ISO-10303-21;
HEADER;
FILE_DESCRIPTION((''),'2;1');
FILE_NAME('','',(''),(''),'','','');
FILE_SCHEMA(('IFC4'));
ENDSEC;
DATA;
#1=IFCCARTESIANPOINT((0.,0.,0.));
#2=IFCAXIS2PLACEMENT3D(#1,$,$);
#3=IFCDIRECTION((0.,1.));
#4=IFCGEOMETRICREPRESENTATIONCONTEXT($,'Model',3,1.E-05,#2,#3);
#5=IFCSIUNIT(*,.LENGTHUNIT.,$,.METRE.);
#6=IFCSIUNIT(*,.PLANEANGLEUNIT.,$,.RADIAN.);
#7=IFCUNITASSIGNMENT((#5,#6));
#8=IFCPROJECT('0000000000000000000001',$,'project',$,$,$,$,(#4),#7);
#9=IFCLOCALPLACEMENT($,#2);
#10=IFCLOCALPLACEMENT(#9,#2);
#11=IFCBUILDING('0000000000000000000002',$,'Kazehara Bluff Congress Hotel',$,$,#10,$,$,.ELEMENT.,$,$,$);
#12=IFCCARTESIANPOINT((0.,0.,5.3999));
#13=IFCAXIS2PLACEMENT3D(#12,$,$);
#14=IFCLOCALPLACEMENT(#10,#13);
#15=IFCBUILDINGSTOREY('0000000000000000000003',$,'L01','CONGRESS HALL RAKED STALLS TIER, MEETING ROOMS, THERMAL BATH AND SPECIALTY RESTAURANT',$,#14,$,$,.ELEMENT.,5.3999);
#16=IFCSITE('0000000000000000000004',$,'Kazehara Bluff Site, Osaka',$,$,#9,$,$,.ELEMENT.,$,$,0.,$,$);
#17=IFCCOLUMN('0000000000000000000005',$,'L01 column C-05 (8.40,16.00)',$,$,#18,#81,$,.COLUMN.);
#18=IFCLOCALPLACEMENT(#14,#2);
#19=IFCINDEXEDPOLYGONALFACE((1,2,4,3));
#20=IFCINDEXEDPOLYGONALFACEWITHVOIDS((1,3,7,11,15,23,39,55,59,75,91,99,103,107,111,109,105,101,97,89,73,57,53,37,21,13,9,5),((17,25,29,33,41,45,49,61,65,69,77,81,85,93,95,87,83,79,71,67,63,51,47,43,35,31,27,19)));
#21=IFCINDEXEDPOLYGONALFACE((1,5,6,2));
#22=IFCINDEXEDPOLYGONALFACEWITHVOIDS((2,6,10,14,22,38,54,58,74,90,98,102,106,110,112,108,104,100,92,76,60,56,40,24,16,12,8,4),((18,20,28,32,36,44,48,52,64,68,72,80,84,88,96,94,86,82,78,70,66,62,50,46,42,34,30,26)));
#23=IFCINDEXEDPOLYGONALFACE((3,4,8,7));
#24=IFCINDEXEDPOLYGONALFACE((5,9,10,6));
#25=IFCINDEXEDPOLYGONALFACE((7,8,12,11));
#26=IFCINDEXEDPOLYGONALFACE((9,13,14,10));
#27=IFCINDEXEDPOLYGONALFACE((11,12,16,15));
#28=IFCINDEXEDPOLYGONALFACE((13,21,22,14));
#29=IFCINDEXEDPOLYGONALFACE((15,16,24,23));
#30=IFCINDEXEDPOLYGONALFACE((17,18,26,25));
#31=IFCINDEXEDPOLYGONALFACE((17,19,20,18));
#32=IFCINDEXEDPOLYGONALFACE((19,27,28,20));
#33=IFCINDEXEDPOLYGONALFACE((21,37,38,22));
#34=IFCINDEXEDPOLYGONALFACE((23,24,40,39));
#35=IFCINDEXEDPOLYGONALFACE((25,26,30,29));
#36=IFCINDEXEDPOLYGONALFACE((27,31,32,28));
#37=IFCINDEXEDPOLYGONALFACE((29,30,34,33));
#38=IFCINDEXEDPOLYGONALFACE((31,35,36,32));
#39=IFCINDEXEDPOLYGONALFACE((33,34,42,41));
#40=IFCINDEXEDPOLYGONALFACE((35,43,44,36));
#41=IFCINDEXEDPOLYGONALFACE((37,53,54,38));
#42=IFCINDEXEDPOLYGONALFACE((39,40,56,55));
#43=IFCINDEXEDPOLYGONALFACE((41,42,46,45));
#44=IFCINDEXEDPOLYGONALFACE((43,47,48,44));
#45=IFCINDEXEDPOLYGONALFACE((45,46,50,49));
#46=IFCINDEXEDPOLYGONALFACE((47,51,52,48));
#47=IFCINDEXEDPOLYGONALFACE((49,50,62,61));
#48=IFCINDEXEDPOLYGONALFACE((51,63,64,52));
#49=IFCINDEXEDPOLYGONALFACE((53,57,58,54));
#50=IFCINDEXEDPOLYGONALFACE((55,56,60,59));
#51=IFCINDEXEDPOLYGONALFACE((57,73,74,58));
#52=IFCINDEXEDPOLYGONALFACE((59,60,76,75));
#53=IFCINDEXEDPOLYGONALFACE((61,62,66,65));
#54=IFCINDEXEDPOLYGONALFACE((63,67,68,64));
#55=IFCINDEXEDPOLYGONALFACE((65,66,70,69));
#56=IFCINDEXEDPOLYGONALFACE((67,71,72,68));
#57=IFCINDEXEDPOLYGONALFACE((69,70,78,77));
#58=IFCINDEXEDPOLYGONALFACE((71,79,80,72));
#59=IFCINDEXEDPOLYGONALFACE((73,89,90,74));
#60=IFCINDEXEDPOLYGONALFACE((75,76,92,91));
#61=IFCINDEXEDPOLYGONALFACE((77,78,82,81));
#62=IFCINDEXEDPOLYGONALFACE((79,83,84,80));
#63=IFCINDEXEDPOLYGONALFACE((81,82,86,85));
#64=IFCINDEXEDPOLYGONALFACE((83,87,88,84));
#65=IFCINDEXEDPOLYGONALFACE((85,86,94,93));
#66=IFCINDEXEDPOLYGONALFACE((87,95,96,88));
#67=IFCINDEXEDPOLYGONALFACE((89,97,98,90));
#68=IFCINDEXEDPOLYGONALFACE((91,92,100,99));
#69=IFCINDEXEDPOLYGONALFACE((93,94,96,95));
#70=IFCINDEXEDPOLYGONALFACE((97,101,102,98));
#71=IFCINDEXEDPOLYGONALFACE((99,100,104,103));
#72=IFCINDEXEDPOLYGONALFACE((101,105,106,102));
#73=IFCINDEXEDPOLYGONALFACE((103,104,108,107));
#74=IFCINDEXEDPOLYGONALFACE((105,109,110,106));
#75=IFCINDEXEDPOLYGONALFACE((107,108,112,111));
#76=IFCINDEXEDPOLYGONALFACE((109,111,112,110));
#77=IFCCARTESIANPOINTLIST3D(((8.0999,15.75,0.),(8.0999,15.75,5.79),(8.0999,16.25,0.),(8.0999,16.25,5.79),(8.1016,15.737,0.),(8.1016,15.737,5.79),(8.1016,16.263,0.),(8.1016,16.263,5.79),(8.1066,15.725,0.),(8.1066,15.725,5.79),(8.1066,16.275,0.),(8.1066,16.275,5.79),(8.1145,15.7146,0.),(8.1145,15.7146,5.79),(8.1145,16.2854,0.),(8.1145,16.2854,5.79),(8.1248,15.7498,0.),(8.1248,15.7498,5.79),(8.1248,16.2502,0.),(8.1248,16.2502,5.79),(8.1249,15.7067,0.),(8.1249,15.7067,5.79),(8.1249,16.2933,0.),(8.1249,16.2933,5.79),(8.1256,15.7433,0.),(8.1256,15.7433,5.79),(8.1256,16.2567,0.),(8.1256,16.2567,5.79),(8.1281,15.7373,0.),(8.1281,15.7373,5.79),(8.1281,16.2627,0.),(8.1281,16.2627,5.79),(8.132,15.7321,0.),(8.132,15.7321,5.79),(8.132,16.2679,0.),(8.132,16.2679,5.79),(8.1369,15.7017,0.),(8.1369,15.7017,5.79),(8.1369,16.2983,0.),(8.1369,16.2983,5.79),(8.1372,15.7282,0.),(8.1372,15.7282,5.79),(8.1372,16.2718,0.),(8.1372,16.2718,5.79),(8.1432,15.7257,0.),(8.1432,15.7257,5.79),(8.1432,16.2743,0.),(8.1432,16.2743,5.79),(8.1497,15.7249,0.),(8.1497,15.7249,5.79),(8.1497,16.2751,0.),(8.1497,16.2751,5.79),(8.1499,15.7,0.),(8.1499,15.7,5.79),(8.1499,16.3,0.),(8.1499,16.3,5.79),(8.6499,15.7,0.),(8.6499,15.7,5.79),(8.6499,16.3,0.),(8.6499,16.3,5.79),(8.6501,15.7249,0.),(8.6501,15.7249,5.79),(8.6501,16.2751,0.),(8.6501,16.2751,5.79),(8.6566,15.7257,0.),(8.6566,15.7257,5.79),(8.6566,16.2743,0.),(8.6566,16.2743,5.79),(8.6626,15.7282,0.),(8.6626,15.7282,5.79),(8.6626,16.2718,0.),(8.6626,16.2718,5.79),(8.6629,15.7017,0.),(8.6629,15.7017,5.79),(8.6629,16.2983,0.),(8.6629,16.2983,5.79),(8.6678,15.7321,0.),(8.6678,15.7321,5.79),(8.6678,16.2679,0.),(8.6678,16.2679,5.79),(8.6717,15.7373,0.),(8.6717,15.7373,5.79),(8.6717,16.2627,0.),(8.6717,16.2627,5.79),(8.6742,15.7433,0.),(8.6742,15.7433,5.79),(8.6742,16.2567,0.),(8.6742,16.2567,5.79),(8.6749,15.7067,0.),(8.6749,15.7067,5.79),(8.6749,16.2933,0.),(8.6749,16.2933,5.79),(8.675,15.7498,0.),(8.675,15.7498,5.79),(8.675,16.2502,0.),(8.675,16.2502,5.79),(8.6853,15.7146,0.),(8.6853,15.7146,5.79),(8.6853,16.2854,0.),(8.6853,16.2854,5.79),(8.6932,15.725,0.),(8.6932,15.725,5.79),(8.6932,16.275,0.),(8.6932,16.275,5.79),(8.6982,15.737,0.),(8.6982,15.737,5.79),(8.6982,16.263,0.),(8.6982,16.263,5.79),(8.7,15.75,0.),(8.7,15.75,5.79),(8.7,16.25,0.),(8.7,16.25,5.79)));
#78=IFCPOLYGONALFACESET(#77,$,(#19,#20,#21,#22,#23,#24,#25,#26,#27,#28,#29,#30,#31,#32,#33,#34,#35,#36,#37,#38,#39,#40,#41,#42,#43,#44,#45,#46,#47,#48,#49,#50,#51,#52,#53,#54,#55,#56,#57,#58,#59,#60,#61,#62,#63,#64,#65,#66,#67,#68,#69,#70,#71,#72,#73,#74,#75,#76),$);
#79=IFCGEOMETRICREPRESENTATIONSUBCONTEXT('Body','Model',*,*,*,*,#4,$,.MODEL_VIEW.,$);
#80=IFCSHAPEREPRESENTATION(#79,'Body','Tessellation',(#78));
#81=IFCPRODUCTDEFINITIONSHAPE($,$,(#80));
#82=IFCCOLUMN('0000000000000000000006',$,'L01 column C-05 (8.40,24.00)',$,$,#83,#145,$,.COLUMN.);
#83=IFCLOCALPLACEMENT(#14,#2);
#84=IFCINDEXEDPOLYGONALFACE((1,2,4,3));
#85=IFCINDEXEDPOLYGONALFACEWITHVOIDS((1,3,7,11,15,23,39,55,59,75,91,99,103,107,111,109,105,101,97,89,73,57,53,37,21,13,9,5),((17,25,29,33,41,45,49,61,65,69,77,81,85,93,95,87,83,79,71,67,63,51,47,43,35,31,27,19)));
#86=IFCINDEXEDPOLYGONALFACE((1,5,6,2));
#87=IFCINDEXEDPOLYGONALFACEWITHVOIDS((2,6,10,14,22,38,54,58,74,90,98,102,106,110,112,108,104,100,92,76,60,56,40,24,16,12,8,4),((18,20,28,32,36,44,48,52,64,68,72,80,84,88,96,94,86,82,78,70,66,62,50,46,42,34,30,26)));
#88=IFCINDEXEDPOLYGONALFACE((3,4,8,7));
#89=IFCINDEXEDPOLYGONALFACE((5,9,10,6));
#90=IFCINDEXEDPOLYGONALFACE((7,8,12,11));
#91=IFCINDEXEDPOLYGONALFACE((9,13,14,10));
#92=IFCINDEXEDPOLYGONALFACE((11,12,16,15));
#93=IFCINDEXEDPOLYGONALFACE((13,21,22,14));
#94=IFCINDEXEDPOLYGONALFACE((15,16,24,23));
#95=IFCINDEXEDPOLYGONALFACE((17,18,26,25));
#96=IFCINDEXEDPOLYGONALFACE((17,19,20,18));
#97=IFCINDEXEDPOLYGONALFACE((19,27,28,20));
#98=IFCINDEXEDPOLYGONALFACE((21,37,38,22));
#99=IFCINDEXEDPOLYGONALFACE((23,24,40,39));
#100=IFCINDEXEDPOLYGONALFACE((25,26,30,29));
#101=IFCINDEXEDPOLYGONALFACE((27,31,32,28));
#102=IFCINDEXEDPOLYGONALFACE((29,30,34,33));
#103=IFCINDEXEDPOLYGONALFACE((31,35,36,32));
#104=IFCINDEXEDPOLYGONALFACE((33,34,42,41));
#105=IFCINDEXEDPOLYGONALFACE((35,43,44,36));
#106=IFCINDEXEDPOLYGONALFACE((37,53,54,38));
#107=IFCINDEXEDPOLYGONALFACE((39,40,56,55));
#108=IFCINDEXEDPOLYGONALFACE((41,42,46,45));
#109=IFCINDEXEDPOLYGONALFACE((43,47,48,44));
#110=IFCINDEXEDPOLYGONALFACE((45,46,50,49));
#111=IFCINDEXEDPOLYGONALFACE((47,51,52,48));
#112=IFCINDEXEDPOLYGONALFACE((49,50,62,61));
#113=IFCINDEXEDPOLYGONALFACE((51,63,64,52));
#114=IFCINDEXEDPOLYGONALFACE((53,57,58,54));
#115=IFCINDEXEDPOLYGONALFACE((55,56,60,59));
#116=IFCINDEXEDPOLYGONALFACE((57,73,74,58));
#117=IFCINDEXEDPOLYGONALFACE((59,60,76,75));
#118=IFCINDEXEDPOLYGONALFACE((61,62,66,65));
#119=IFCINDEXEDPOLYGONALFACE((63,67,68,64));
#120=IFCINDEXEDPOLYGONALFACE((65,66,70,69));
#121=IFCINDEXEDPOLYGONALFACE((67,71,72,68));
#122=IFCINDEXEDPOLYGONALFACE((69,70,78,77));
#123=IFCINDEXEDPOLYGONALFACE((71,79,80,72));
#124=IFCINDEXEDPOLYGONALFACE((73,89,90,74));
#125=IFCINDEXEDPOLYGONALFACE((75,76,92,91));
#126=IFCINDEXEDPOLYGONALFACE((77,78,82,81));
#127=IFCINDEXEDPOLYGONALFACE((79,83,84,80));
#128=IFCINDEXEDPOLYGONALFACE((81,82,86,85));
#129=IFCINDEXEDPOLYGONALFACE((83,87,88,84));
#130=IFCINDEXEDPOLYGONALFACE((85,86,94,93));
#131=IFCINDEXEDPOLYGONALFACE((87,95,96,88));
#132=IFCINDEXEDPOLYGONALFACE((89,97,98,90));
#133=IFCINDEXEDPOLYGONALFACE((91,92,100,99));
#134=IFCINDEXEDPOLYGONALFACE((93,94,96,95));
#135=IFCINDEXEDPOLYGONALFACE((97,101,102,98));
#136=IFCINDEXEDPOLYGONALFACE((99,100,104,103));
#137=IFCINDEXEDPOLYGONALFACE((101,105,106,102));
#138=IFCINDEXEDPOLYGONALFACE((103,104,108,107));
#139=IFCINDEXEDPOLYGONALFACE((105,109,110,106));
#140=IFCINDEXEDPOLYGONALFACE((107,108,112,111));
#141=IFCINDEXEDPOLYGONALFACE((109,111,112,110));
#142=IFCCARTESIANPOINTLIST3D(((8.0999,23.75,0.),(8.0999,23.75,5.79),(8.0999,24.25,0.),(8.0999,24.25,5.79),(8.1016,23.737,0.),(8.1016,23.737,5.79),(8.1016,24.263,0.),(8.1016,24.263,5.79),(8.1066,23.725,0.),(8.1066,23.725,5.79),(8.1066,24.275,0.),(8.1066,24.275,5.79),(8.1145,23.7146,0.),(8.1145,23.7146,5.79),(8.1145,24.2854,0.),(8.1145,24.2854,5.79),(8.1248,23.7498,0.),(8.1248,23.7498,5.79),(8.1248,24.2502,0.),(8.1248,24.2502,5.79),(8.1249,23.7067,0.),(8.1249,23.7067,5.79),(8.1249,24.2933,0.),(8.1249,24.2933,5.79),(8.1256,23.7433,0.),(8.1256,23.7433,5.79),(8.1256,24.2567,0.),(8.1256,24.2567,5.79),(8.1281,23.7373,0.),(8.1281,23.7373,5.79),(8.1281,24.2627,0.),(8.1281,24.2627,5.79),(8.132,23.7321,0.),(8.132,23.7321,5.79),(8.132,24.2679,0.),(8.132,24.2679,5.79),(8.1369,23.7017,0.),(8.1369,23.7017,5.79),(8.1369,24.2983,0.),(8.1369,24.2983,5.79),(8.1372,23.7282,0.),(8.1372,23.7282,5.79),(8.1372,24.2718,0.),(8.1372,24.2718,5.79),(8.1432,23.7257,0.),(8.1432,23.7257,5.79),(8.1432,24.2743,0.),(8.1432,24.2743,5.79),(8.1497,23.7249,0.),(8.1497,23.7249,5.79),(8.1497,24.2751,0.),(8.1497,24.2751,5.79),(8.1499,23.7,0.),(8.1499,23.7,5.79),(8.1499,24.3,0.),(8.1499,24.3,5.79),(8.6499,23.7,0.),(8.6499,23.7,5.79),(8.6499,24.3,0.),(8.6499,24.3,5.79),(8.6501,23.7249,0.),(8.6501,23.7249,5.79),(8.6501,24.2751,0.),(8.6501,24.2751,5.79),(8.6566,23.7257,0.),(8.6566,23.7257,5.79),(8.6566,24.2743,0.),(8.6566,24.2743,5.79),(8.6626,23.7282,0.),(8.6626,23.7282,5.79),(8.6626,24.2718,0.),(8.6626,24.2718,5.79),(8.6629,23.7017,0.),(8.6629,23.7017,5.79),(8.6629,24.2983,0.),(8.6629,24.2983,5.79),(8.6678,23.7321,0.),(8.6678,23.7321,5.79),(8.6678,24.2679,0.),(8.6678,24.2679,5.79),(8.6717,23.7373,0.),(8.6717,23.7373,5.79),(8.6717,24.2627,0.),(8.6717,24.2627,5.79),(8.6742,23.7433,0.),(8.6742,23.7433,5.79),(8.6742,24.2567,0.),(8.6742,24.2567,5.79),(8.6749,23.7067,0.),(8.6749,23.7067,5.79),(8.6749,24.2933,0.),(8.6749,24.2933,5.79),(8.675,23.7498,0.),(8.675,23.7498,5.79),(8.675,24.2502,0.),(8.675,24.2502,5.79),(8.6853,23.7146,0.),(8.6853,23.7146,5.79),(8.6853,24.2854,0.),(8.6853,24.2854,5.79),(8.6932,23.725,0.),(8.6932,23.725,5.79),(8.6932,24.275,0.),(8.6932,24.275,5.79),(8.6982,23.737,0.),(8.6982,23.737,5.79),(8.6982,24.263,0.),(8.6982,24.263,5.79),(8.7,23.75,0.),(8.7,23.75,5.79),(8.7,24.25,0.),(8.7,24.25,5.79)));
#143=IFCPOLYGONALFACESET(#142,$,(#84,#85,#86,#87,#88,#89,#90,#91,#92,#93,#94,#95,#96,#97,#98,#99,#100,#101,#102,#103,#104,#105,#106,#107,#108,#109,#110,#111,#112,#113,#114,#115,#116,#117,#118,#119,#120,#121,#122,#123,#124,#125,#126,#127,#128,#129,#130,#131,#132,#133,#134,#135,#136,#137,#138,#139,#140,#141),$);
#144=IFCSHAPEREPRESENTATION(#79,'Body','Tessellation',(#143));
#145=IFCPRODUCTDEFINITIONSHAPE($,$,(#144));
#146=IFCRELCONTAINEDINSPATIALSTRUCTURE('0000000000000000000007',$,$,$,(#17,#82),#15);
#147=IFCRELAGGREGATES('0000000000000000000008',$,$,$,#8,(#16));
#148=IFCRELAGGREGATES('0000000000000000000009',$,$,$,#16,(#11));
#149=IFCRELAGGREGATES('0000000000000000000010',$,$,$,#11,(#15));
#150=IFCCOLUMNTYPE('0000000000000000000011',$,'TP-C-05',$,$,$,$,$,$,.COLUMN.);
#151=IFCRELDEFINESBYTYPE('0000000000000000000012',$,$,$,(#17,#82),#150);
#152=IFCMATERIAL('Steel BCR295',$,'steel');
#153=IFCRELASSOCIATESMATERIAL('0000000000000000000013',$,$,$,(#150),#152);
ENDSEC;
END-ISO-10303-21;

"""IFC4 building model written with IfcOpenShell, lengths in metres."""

from ifc_helpers import new_model, si_unit, direction, frame, origin, origin_2d, place, context, subcontext, project, spatial, hollow_rectangle, extrude, material, material_profile, profile_set, type_object, element, save


model = new_model("IFC4")

# Units and contexts
model_context = context("Model", 3, precision=1e-05, world=origin(), true_north=direction((0.0, 1.0)))
body_context = subcontext(model_context, "Body", "Model", "MODEL_VIEW")
ifc_project = project(units=[si_unit("LENGTHUNIT", "METRE"), si_unit("PLANEANGLEUNIT", "RADIAN")], contexts=[model_context])

# Site, building, storey
site_placement = place(None, origin())
site = spatial("IfcSite", under=ifc_project, at=site_placement, Name="Kazehara Bluff Site, Osaka", CompositionType="ELEMENT", RefElevation=0.0)
building_placement = place(site_placement, origin())
building = spatial("IfcBuilding", under=site, at=building_placement, Name="Kazehara Bluff Congress Hotel", CompositionType="ELEMENT")
storey_placement = place(building_placement, frame((0.0, 0.0, 5.3999)))
storey = spatial("IfcBuildingStorey", under=building, at=storey_placement, Name="L01", Description="CONGRESS HALL RAKED STALLS TIER, MEETING ROOMS, THERMAL BATH AND SPECIALTY RESTAURANT", CompositionType="ELEMENT", Elevation=5.3999)

# Columns
ifc_material_1 = material(Name="Steel BCR295", Category="steel")
ifc_material_profile_1 = material_profile(ifc_material_1, hollow_rectangle(XDim=0.6001, YDim=0.6001, WallThickness=0.0249, InnerFilletRadius=0.0249, OuterFilletRadius=0.05, at=origin_2d()))
ifc_profile_set_1 = profile_set([ifc_material_profile_1], Name="Steel BCR295")
column_type = type_object("IfcColumnType", Name="TP-C-05", PredefinedType="COLUMN", material=ifc_profile_set_1)
for number, where, z_axis, x_axis, name in (
    (1, (8.3999, 16.0, 0.0), (0.0, 0.0, 1.0), (1.0, 0.0, 0.0), "L01 column C-05 (8.40,16.00)"),
    (2, (8.3999, 24.0, 0.0), (0.0, 0.0, 1.0), (1.0, 0.0, 0.0), "L01 column C-05 (8.40,24.00)"),
):
    element("IfcColumn", number, at=place(storey_placement, frame(where, z_axis=z_axis, x_axis=x_axis)), inside=storey, type_object=column_type, Name=name, PredefinedType="COLUMN", context=body_context, shape_type="SweptSolid", body=[
        extrude(hollow_rectangle(XDim=0.6001, YDim=0.6001, WallThickness=0.0249, InnerFilletRadius=0.0249, OuterFilletRadius=0.05, at=origin_2d()), origin(), (0.0, 0.0, 1.0), 5.79),
    ])

save(model, "model.ifc")
